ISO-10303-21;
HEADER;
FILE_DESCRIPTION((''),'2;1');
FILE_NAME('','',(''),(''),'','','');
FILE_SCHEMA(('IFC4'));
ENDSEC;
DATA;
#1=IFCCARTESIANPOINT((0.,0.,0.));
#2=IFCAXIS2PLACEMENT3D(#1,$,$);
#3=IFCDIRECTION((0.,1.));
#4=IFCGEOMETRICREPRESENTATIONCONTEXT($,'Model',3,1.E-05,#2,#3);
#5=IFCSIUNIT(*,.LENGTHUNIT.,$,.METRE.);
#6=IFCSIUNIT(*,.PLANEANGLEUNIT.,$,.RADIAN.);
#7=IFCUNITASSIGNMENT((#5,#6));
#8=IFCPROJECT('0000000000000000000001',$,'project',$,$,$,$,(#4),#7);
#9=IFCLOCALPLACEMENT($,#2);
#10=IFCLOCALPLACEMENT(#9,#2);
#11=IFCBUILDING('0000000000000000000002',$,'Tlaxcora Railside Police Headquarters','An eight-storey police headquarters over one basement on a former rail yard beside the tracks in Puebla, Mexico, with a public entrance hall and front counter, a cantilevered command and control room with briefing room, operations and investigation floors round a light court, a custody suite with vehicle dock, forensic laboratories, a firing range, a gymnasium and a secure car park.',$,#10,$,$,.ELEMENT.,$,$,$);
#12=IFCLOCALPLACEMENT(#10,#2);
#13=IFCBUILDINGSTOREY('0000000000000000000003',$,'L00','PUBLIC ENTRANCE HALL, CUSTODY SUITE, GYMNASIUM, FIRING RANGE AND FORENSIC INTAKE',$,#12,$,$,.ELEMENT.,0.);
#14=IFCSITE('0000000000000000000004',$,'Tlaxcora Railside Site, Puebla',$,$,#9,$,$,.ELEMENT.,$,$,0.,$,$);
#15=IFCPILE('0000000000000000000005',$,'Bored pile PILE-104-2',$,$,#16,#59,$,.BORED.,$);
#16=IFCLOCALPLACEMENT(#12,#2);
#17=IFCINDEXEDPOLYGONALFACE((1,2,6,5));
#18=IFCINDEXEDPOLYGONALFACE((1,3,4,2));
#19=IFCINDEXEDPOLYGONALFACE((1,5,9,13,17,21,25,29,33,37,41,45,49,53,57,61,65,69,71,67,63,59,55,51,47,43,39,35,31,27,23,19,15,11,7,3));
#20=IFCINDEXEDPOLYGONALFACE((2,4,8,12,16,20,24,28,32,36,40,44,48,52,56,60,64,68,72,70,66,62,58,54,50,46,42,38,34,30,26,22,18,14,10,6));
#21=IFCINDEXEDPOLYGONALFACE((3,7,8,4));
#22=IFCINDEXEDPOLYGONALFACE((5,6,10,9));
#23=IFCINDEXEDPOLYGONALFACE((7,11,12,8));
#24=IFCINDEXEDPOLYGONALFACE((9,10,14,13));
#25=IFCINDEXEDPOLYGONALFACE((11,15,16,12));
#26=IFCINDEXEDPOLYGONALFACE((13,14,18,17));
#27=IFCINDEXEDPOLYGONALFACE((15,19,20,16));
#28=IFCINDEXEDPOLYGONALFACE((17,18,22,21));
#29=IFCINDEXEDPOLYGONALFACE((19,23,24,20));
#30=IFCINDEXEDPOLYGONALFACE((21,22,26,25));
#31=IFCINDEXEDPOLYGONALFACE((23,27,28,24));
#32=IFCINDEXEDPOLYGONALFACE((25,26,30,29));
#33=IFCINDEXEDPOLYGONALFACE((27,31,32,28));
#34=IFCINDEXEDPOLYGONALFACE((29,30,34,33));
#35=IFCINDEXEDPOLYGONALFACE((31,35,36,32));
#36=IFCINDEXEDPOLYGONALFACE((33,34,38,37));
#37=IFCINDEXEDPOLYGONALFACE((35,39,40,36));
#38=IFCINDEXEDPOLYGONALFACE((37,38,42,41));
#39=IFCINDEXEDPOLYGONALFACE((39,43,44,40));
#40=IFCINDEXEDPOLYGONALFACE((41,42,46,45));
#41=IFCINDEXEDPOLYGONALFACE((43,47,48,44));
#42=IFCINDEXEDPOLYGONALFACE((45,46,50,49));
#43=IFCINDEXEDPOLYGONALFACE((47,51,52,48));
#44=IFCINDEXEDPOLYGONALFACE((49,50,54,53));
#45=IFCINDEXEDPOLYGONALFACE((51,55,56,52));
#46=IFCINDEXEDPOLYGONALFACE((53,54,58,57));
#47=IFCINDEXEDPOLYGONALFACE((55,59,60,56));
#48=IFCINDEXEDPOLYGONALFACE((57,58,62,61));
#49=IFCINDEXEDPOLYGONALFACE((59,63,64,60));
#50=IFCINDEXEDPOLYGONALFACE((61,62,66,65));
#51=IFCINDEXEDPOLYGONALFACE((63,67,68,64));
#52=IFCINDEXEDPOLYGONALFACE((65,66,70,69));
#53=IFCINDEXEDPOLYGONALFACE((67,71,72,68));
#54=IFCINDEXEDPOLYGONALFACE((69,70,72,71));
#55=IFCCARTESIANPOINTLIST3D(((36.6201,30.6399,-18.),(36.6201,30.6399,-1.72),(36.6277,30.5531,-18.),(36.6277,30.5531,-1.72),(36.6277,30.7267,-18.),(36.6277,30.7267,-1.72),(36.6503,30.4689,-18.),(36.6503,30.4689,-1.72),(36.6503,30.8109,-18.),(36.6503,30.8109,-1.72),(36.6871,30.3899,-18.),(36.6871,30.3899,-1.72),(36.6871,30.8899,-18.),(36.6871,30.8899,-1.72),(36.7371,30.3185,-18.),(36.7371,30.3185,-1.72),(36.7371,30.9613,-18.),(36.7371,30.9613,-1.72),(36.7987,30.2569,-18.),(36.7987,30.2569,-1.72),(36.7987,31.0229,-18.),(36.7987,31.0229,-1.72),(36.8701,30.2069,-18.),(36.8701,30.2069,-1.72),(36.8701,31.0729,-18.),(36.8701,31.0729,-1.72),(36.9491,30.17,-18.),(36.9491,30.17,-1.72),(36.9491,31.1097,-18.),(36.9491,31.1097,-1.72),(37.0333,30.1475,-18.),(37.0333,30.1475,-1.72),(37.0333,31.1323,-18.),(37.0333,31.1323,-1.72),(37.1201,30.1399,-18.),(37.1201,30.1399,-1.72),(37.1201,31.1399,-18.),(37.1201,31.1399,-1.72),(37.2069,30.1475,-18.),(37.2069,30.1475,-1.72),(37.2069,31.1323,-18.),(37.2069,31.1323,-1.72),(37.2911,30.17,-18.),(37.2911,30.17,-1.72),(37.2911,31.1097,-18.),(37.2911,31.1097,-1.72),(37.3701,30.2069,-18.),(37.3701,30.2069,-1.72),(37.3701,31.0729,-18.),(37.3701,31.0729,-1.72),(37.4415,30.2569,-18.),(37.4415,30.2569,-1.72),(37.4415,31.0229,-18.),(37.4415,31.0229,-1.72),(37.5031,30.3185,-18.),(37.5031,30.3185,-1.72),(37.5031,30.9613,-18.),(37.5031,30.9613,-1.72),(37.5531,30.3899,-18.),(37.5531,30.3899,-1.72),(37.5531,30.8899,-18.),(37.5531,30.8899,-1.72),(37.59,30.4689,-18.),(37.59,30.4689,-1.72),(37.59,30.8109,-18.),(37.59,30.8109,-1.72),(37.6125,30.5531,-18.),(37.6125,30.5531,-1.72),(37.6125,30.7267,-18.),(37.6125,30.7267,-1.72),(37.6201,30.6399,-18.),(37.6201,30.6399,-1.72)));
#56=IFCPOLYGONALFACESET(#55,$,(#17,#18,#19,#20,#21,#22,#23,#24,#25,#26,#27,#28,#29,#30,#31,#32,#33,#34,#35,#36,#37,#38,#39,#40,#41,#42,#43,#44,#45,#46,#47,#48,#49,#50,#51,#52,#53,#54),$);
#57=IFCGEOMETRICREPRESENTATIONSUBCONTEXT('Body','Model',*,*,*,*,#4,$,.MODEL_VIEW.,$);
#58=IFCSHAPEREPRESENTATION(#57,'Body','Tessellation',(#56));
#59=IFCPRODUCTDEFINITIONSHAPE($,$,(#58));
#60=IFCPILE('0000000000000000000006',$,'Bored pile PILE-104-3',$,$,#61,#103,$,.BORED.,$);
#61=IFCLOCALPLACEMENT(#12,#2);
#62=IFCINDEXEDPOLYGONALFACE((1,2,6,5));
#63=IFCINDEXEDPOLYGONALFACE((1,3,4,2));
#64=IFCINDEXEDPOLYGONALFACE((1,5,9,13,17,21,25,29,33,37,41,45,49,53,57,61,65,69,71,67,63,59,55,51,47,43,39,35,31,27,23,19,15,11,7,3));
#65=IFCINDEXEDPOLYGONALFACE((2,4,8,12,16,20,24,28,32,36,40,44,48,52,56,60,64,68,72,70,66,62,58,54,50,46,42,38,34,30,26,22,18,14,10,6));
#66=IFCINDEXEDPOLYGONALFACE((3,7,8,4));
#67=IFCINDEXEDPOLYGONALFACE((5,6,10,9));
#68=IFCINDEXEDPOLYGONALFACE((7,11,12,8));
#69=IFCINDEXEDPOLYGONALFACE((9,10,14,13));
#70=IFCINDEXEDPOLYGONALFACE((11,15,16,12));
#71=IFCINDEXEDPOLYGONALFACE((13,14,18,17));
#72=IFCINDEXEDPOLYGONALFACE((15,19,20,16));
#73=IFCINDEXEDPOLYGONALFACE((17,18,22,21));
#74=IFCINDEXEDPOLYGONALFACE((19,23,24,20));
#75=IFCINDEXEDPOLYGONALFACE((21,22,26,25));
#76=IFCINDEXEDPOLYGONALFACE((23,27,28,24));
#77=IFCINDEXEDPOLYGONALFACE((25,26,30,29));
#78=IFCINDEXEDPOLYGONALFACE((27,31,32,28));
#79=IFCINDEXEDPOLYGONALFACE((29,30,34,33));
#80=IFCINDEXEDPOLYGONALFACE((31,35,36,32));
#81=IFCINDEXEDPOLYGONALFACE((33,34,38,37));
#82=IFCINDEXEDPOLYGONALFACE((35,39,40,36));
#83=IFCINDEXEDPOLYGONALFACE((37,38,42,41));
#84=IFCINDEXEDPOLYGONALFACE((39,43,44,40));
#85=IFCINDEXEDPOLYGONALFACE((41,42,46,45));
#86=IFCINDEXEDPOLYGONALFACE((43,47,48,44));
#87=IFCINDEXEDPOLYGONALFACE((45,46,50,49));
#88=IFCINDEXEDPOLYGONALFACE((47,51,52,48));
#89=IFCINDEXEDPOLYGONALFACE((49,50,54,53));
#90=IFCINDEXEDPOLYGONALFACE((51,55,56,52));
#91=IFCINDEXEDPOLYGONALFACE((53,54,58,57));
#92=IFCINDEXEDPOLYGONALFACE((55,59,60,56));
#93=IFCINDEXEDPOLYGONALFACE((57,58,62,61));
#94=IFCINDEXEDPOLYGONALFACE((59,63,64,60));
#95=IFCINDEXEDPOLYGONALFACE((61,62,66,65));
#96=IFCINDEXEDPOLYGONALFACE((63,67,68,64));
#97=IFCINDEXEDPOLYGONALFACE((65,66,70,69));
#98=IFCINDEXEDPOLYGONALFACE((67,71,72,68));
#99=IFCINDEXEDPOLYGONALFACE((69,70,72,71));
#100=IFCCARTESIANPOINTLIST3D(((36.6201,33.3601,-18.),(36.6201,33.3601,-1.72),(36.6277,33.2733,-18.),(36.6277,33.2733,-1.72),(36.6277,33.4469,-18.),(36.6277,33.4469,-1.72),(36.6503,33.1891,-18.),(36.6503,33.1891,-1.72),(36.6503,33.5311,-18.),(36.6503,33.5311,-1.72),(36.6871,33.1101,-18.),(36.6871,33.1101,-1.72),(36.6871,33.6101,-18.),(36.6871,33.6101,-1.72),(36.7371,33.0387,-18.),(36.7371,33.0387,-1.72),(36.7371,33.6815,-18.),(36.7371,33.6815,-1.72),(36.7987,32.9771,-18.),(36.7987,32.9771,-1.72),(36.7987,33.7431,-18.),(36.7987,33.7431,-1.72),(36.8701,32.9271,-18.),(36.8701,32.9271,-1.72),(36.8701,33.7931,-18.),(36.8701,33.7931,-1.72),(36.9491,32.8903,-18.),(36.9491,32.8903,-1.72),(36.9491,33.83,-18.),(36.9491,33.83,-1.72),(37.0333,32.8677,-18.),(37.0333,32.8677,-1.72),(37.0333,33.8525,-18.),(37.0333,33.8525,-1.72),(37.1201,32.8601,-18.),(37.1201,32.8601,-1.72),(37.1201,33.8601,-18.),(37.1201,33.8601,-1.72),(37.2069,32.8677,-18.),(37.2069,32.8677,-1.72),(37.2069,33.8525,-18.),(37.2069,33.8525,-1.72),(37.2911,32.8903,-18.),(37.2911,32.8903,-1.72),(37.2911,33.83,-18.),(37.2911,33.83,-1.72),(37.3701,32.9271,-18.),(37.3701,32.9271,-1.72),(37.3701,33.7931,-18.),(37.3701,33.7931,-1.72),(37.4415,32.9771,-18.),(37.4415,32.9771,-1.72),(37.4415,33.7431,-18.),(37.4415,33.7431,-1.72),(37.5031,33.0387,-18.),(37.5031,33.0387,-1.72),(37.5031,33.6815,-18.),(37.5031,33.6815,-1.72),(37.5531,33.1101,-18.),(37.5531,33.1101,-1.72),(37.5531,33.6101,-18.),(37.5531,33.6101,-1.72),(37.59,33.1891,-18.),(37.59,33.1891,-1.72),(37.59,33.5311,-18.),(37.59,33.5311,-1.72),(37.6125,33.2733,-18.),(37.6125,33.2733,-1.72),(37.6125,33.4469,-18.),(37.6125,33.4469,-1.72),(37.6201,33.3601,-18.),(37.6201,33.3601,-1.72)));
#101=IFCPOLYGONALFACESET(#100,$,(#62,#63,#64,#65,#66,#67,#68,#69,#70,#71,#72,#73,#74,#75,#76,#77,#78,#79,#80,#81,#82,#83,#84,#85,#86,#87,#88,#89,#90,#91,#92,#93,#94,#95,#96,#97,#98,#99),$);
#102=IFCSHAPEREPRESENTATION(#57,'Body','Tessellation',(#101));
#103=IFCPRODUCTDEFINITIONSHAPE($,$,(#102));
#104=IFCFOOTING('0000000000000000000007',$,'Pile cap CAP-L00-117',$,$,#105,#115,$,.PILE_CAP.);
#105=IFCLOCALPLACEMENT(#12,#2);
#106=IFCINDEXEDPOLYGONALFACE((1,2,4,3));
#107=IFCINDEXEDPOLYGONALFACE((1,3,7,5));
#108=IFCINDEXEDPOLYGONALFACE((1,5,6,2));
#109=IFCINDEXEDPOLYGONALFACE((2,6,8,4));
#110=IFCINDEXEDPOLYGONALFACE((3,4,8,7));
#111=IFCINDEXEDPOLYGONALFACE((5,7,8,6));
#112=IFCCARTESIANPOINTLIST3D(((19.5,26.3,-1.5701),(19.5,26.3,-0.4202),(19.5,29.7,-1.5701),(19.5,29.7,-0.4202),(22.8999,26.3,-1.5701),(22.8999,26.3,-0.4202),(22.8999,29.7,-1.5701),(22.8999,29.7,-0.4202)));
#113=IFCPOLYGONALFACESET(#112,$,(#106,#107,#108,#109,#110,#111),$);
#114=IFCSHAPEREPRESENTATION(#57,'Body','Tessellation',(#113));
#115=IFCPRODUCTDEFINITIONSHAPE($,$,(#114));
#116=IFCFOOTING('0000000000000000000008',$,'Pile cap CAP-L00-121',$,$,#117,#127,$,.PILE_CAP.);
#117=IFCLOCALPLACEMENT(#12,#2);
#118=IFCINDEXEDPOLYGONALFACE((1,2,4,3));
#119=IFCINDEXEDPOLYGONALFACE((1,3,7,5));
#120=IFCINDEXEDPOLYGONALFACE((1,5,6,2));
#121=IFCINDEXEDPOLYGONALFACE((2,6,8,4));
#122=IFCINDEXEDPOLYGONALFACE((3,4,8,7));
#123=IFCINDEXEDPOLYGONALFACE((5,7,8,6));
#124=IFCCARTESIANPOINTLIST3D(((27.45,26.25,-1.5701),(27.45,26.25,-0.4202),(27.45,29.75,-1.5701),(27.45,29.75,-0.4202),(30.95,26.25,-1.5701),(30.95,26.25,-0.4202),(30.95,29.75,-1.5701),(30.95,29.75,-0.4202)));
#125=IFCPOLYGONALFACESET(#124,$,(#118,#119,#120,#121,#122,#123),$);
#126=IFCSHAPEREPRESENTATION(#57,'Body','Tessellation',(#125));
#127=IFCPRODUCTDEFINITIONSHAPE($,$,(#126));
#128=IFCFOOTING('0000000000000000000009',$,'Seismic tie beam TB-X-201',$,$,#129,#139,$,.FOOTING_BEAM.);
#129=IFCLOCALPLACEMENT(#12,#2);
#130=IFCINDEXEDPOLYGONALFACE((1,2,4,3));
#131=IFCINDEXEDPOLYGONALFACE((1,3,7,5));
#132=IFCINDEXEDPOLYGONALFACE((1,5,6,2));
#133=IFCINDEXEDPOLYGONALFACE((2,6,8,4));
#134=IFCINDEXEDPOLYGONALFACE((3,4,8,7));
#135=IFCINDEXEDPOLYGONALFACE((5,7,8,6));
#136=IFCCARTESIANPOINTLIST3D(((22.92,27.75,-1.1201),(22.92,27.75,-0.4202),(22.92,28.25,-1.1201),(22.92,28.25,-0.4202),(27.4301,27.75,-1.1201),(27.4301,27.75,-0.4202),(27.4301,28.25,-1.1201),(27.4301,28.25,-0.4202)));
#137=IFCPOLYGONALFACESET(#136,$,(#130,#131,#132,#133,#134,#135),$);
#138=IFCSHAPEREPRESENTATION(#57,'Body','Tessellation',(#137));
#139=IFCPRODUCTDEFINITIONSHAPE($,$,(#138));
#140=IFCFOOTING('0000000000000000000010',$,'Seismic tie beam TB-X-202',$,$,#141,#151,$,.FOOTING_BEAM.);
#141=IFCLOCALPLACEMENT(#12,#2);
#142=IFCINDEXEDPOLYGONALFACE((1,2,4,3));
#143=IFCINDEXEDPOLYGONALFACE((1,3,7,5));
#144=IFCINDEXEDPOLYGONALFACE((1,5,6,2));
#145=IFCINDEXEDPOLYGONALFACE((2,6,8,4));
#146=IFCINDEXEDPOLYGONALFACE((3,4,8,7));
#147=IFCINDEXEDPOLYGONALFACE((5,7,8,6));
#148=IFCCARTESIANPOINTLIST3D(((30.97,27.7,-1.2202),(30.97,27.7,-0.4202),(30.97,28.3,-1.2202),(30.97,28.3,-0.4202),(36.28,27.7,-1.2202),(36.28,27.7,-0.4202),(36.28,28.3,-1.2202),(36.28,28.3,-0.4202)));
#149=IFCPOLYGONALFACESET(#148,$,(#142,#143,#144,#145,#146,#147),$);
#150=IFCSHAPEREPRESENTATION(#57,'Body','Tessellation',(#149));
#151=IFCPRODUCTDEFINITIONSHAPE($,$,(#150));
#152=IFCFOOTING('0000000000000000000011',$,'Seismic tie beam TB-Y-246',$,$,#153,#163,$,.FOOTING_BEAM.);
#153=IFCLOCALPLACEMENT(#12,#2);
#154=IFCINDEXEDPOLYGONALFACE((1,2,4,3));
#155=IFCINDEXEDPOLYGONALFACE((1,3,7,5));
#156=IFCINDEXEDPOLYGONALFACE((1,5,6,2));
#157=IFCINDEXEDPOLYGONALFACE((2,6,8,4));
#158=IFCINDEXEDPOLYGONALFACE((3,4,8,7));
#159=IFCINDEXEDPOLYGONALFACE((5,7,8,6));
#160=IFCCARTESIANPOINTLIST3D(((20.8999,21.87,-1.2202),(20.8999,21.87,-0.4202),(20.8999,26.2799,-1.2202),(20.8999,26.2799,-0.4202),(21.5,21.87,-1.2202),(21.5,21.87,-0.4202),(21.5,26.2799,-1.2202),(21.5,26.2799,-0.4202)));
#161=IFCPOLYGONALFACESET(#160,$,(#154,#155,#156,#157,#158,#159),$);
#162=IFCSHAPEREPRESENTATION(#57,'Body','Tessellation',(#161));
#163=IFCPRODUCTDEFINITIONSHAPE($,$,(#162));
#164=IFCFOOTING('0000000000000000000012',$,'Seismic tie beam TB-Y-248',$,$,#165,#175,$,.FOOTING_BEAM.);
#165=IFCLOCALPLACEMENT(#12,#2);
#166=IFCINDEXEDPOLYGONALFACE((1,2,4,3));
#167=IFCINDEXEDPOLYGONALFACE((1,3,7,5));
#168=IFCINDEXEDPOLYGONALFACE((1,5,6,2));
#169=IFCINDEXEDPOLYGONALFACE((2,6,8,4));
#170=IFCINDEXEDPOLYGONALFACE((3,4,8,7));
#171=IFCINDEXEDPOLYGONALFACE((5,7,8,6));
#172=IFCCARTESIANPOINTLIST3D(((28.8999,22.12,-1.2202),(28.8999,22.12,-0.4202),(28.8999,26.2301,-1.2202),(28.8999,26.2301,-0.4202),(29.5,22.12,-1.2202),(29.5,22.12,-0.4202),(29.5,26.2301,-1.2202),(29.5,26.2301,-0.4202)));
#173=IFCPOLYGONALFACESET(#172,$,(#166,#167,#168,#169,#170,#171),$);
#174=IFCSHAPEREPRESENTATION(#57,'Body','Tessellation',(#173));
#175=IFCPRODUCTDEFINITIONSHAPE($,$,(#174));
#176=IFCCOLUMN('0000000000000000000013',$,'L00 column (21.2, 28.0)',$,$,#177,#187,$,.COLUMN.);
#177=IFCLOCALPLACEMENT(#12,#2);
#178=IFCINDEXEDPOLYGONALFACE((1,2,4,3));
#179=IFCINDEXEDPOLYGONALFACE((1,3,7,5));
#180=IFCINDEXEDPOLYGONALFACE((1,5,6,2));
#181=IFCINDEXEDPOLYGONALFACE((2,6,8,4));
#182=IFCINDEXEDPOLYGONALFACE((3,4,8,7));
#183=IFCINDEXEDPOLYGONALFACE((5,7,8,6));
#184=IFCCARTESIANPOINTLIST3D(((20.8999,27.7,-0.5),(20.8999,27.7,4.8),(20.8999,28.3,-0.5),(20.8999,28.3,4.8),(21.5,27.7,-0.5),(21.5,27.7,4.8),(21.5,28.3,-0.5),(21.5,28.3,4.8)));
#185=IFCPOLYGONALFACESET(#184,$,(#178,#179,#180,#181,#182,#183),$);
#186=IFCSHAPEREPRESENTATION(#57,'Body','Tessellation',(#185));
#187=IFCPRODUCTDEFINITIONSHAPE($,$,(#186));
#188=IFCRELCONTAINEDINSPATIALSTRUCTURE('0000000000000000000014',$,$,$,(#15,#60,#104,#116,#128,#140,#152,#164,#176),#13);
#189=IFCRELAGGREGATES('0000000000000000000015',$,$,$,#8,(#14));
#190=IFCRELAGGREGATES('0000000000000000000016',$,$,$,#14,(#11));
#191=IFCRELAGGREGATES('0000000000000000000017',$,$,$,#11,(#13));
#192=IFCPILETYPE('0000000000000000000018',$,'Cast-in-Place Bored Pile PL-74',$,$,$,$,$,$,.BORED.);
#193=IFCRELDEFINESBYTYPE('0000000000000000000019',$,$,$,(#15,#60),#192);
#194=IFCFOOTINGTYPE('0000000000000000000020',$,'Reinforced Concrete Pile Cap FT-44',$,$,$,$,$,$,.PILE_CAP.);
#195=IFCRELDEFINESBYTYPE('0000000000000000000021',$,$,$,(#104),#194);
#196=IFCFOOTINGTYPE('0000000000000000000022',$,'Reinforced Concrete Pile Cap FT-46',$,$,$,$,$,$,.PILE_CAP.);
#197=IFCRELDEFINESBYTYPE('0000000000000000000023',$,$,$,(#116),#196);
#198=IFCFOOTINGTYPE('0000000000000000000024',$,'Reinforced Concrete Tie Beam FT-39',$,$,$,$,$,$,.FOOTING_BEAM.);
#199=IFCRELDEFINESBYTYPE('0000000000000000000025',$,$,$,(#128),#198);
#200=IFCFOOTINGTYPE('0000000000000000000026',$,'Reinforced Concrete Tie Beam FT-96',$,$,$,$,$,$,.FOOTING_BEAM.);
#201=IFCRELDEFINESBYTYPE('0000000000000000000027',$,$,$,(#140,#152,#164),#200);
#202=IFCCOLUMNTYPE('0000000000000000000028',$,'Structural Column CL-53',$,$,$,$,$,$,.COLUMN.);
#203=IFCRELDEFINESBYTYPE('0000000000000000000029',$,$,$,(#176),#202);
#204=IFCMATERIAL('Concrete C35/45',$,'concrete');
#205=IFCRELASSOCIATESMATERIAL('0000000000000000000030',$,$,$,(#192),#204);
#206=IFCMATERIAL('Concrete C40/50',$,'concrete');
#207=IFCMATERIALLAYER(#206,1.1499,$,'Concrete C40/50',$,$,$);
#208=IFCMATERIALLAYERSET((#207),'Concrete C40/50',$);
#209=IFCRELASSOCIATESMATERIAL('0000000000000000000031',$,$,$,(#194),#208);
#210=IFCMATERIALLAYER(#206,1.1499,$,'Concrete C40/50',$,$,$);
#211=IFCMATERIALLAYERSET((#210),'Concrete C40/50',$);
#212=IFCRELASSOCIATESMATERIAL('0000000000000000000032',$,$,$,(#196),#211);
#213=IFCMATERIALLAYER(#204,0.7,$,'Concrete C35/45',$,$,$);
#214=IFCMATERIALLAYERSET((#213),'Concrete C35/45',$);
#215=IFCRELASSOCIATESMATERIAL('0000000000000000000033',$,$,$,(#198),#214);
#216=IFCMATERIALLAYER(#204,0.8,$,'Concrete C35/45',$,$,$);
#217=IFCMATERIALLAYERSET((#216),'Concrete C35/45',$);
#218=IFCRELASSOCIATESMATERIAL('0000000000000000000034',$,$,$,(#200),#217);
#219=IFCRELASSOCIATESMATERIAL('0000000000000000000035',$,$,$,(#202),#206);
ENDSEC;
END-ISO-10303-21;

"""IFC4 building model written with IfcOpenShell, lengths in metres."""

from ifc_helpers import new_model, si_unit, direction, frame, origin, origin_2d, place, context, subcontext, project, spatial, rectangle, circle, extrude, material, layer, layer_set, material_profile, profile_set, type_object, element, save


model = new_model("IFC4")

# Units and contexts
model_context = context("Model", 3, precision=1e-05, world=origin(), true_north=direction((0.0, 1.0)))
body_context = subcontext(model_context, "Body", "Model", "MODEL_VIEW")
ifc_project = project(units=[si_unit("LENGTHUNIT", "METRE"), si_unit("PLANEANGLEUNIT", "RADIAN")], contexts=[model_context])

# Site, building, storey
site_placement = place(None, origin())
site = spatial("IfcSite", under=ifc_project, at=site_placement, Name="Tlaxcora Railside Site, Puebla", CompositionType="ELEMENT", RefElevation=0.0)
building_placement = place(site_placement, origin())
building = spatial("IfcBuilding", under=site, at=building_placement, Name="Tlaxcora Railside Police Headquarters", Description="An eight-storey police headquarters over one basement on a former rail yard beside the tracks in Puebla, Mexico, with a public entrance hall and front counter, a cantilevered command and control room with briefing room, operations and investigation floors round a light court, a custody suite with vehicle dock, forensic laboratories, a firing range, a gymnasium and a secure car park.", CompositionType="ELEMENT")
storey_placement = place(building_placement, origin())
storey = spatial("IfcBuildingStorey", under=building, at=storey_placement, Name="L00", Description="PUBLIC ENTRANCE HALL, CUSTODY SUITE, GYMNASIUM, FIRING RANGE AND FORENSIC INTAKE", CompositionType="ELEMENT", Elevation=0.0)

# Piles
ifc_material_1 = material(Name="Concrete C35/45", Category="concrete")
ifc_material_profile_1 = material_profile(ifc_material_1, circle(Radius=0.5, at=origin_2d()), Name="PILE1000")
ifc_profile_set_1 = profile_set([ifc_material_profile_1], Name="Concrete C35/45")
pile_type_1 = type_object("IfcPileType", Name="Cast-in-Place Bored Pile PL-74", PredefinedType="BORED", material=ifc_profile_set_1)
for number, where, z_axis, x_axis, name in (
    (1, (37.1201, 30.6399, -1.72), (0.0, 0.0, -1.0), (1.0, 0.0, 0.0), "Bored pile PILE-104-2"),
    (2, (37.1201, 33.3601, -1.72), (0.0, 0.0, -1.0), (1.0, 0.0, 0.0), "Bored pile PILE-104-3"),
):
    element("IfcPile", number, at=place(storey_placement, frame(where, z_axis=z_axis, x_axis=x_axis)), inside=storey, type_object=pile_type_1, Name=name, PredefinedType="BORED", context=body_context, shape_type="SweptSolid", body=[
        extrude(circle(Radius=0.5, at=origin_2d()), origin(), (0.0, 0.0, 1.0), 16.28),
    ])

# Footings
ifc_material_2 = material(Name="Concrete C40/50", Category="concrete")
ifc_layer_1 = layer(ifc_material_2, 1.1499, Name="Concrete C40/50")
ifc_layer_set_1 = layer_set([ifc_layer_1], Name="Concrete C40/50")
footing_type_1 = type_object("IfcFootingType", Name="Reinforced Concrete Pile Cap FT-44", PredefinedType="PILE_CAP", material=ifc_layer_set_1)
footing_1_placement = place(storey_placement, frame((21.2, 28.0, -1.5701), z_axis=(0.0, 0.0, 1.0), x_axis=(1.0, 0.0, 0.0)))
element("IfcFooting", 3, at=footing_1_placement, inside=storey, type_object=footing_type_1, Name="Pile cap CAP-L00-117", PredefinedType="PILE_CAP", context=body_context, shape_type="SweptSolid", body=[
    extrude(rectangle(XDim=3.3999, YDim=3.3999, at=origin_2d()), origin(), (0.0, 0.0, 1.0), 1.1499),
])
ifc_layer_2 = layer(ifc_material_2, 1.1499, Name="Concrete C40/50")
ifc_layer_set_2 = layer_set([ifc_layer_2], Name="Concrete C40/50")
footing_type_2 = type_object("IfcFootingType", Name="Reinforced Concrete Pile Cap FT-46", PredefinedType="PILE_CAP", material=ifc_layer_set_2)
footing_2_placement = place(storey_placement, frame((29.2, 28.0, -1.5701), z_axis=(0.0, 0.0, 1.0), x_axis=(1.0, 0.0, 0.0)))
element("IfcFooting", 4, at=footing_2_placement, inside=storey, type_object=footing_type_2, Name="Pile cap CAP-L00-121", PredefinedType="PILE_CAP", context=body_context, shape_type="SweptSolid", body=[
    extrude(rectangle(XDim=3.5, YDim=3.5, at=origin_2d()), origin(), (0.0, 0.0, 1.0), 1.1499),
])
ifc_layer_3 = layer(ifc_material_1, 0.7, Name="Concrete C35/45")
ifc_layer_set_3 = layer_set([ifc_layer_3], Name="Concrete C35/45")
footing_type_3 = type_object("IfcFootingType", Name="Reinforced Concrete Tie Beam FT-39", PredefinedType="FOOTING_BEAM", material=ifc_layer_set_3)
footing_3_placement = place(storey_placement, frame((25.175, 28.0, -1.1201), z_axis=(0.0, 0.0, 1.0), x_axis=(1.0, 0.0, 0.0)))
element("IfcFooting", 5, at=footing_3_placement, inside=storey, type_object=footing_type_3, Name="Seismic tie beam TB-X-201", PredefinedType="FOOTING_BEAM", context=body_context, shape_type="SweptSolid", body=[
    extrude(rectangle(XDim=4.51, YDim=0.5, at=origin_2d()), origin(), (0.0, 0.0, 1.0), 0.7),
])
ifc_layer_4 = layer(ifc_material_1, 0.8, Name="Concrete C35/45")
ifc_layer_set_4 = layer_set([ifc_layer_4], Name="Concrete C35/45")
footing_type_4 = type_object("IfcFootingType", Name="Reinforced Concrete Tie Beam FT-96", PredefinedType="FOOTING_BEAM", material=ifc_layer_set_4)
footing_4_placement = place(storey_placement, frame((33.625, 28.0, -1.2202), z_axis=(0.0, 0.0, 1.0), x_axis=(1.0, 0.0, 0.0)))
element("IfcFooting", 6, at=footing_4_placement, inside=storey, type_object=footing_type_4, Name="Seismic tie beam TB-X-202", PredefinedType="FOOTING_BEAM", context=body_context, shape_type="SweptSolid", body=[
    extrude(rectangle(XDim=5.3101, YDim=0.6001, at=origin_2d()), origin(), (0.0, 0.0, 1.0), 0.8),
])
footing_5_placement = place(storey_placement, frame((21.2, 24.075, -1.2202), z_axis=(0.0, 0.0, 1.0), x_axis=(0.0, 1.0, 0.0)))
element("IfcFooting", 7, at=footing_5_placement, inside=storey, type_object=footing_type_4, Name="Seismic tie beam TB-Y-246", PredefinedType="FOOTING_BEAM", context=body_context, shape_type="SweptSolid", body=[
    extrude(rectangle(XDim=4.4099, YDim=0.6001, at=origin_2d()), origin(), (0.0, 0.0, 1.0), 0.8),
])
footing_6_placement = place(storey_placement, frame((29.2, 24.175, -1.2202), z_axis=(0.0, 0.0, 1.0), x_axis=(0.0, 1.0, 0.0)))
element("IfcFooting", 8, at=footing_6_placement, inside=storey, type_object=footing_type_4, Name="Seismic tie beam TB-Y-248", PredefinedType="FOOTING_BEAM", context=body_context, shape_type="SweptSolid", body=[
    extrude(rectangle(XDim=4.1101, YDim=0.6001, at=origin_2d()), origin(), (0.0, 0.0, 1.0), 0.8),
])

# Column
ifc_material_profile_2 = material_profile(ifc_material_2, rectangle(XDim=0.6001, YDim=0.6001, at=origin_2d()), Name="RC600X600")
ifc_profile_set_2 = profile_set([ifc_material_profile_2], Name="Concrete C40/50")
column_type = type_object("IfcColumnType", Name="Structural Column CL-53", PredefinedType="COLUMN", material=ifc_profile_set_2)
for number, where, z_axis, x_axis, name in (
    (9, (21.2, 28.0, -0.5), (0.0, 0.0, 1.0), (1.0, 0.0, 0.0), "L00 column (21.2, 28.0)"),
):
    element("IfcColumn", number, at=place(storey_placement, frame(where, z_axis=z_axis, x_axis=x_axis)), inside=storey, type_object=column_type, Name=name, PredefinedType="COLUMN", context=body_context, shape_type="SweptSolid", body=[
        extrude(rectangle(XDim=0.6001, YDim=0.6001, at=origin_2d()), origin(), (0.0, 0.0, 1.0), 5.3),
    ])

save(model, "model.ifc")
